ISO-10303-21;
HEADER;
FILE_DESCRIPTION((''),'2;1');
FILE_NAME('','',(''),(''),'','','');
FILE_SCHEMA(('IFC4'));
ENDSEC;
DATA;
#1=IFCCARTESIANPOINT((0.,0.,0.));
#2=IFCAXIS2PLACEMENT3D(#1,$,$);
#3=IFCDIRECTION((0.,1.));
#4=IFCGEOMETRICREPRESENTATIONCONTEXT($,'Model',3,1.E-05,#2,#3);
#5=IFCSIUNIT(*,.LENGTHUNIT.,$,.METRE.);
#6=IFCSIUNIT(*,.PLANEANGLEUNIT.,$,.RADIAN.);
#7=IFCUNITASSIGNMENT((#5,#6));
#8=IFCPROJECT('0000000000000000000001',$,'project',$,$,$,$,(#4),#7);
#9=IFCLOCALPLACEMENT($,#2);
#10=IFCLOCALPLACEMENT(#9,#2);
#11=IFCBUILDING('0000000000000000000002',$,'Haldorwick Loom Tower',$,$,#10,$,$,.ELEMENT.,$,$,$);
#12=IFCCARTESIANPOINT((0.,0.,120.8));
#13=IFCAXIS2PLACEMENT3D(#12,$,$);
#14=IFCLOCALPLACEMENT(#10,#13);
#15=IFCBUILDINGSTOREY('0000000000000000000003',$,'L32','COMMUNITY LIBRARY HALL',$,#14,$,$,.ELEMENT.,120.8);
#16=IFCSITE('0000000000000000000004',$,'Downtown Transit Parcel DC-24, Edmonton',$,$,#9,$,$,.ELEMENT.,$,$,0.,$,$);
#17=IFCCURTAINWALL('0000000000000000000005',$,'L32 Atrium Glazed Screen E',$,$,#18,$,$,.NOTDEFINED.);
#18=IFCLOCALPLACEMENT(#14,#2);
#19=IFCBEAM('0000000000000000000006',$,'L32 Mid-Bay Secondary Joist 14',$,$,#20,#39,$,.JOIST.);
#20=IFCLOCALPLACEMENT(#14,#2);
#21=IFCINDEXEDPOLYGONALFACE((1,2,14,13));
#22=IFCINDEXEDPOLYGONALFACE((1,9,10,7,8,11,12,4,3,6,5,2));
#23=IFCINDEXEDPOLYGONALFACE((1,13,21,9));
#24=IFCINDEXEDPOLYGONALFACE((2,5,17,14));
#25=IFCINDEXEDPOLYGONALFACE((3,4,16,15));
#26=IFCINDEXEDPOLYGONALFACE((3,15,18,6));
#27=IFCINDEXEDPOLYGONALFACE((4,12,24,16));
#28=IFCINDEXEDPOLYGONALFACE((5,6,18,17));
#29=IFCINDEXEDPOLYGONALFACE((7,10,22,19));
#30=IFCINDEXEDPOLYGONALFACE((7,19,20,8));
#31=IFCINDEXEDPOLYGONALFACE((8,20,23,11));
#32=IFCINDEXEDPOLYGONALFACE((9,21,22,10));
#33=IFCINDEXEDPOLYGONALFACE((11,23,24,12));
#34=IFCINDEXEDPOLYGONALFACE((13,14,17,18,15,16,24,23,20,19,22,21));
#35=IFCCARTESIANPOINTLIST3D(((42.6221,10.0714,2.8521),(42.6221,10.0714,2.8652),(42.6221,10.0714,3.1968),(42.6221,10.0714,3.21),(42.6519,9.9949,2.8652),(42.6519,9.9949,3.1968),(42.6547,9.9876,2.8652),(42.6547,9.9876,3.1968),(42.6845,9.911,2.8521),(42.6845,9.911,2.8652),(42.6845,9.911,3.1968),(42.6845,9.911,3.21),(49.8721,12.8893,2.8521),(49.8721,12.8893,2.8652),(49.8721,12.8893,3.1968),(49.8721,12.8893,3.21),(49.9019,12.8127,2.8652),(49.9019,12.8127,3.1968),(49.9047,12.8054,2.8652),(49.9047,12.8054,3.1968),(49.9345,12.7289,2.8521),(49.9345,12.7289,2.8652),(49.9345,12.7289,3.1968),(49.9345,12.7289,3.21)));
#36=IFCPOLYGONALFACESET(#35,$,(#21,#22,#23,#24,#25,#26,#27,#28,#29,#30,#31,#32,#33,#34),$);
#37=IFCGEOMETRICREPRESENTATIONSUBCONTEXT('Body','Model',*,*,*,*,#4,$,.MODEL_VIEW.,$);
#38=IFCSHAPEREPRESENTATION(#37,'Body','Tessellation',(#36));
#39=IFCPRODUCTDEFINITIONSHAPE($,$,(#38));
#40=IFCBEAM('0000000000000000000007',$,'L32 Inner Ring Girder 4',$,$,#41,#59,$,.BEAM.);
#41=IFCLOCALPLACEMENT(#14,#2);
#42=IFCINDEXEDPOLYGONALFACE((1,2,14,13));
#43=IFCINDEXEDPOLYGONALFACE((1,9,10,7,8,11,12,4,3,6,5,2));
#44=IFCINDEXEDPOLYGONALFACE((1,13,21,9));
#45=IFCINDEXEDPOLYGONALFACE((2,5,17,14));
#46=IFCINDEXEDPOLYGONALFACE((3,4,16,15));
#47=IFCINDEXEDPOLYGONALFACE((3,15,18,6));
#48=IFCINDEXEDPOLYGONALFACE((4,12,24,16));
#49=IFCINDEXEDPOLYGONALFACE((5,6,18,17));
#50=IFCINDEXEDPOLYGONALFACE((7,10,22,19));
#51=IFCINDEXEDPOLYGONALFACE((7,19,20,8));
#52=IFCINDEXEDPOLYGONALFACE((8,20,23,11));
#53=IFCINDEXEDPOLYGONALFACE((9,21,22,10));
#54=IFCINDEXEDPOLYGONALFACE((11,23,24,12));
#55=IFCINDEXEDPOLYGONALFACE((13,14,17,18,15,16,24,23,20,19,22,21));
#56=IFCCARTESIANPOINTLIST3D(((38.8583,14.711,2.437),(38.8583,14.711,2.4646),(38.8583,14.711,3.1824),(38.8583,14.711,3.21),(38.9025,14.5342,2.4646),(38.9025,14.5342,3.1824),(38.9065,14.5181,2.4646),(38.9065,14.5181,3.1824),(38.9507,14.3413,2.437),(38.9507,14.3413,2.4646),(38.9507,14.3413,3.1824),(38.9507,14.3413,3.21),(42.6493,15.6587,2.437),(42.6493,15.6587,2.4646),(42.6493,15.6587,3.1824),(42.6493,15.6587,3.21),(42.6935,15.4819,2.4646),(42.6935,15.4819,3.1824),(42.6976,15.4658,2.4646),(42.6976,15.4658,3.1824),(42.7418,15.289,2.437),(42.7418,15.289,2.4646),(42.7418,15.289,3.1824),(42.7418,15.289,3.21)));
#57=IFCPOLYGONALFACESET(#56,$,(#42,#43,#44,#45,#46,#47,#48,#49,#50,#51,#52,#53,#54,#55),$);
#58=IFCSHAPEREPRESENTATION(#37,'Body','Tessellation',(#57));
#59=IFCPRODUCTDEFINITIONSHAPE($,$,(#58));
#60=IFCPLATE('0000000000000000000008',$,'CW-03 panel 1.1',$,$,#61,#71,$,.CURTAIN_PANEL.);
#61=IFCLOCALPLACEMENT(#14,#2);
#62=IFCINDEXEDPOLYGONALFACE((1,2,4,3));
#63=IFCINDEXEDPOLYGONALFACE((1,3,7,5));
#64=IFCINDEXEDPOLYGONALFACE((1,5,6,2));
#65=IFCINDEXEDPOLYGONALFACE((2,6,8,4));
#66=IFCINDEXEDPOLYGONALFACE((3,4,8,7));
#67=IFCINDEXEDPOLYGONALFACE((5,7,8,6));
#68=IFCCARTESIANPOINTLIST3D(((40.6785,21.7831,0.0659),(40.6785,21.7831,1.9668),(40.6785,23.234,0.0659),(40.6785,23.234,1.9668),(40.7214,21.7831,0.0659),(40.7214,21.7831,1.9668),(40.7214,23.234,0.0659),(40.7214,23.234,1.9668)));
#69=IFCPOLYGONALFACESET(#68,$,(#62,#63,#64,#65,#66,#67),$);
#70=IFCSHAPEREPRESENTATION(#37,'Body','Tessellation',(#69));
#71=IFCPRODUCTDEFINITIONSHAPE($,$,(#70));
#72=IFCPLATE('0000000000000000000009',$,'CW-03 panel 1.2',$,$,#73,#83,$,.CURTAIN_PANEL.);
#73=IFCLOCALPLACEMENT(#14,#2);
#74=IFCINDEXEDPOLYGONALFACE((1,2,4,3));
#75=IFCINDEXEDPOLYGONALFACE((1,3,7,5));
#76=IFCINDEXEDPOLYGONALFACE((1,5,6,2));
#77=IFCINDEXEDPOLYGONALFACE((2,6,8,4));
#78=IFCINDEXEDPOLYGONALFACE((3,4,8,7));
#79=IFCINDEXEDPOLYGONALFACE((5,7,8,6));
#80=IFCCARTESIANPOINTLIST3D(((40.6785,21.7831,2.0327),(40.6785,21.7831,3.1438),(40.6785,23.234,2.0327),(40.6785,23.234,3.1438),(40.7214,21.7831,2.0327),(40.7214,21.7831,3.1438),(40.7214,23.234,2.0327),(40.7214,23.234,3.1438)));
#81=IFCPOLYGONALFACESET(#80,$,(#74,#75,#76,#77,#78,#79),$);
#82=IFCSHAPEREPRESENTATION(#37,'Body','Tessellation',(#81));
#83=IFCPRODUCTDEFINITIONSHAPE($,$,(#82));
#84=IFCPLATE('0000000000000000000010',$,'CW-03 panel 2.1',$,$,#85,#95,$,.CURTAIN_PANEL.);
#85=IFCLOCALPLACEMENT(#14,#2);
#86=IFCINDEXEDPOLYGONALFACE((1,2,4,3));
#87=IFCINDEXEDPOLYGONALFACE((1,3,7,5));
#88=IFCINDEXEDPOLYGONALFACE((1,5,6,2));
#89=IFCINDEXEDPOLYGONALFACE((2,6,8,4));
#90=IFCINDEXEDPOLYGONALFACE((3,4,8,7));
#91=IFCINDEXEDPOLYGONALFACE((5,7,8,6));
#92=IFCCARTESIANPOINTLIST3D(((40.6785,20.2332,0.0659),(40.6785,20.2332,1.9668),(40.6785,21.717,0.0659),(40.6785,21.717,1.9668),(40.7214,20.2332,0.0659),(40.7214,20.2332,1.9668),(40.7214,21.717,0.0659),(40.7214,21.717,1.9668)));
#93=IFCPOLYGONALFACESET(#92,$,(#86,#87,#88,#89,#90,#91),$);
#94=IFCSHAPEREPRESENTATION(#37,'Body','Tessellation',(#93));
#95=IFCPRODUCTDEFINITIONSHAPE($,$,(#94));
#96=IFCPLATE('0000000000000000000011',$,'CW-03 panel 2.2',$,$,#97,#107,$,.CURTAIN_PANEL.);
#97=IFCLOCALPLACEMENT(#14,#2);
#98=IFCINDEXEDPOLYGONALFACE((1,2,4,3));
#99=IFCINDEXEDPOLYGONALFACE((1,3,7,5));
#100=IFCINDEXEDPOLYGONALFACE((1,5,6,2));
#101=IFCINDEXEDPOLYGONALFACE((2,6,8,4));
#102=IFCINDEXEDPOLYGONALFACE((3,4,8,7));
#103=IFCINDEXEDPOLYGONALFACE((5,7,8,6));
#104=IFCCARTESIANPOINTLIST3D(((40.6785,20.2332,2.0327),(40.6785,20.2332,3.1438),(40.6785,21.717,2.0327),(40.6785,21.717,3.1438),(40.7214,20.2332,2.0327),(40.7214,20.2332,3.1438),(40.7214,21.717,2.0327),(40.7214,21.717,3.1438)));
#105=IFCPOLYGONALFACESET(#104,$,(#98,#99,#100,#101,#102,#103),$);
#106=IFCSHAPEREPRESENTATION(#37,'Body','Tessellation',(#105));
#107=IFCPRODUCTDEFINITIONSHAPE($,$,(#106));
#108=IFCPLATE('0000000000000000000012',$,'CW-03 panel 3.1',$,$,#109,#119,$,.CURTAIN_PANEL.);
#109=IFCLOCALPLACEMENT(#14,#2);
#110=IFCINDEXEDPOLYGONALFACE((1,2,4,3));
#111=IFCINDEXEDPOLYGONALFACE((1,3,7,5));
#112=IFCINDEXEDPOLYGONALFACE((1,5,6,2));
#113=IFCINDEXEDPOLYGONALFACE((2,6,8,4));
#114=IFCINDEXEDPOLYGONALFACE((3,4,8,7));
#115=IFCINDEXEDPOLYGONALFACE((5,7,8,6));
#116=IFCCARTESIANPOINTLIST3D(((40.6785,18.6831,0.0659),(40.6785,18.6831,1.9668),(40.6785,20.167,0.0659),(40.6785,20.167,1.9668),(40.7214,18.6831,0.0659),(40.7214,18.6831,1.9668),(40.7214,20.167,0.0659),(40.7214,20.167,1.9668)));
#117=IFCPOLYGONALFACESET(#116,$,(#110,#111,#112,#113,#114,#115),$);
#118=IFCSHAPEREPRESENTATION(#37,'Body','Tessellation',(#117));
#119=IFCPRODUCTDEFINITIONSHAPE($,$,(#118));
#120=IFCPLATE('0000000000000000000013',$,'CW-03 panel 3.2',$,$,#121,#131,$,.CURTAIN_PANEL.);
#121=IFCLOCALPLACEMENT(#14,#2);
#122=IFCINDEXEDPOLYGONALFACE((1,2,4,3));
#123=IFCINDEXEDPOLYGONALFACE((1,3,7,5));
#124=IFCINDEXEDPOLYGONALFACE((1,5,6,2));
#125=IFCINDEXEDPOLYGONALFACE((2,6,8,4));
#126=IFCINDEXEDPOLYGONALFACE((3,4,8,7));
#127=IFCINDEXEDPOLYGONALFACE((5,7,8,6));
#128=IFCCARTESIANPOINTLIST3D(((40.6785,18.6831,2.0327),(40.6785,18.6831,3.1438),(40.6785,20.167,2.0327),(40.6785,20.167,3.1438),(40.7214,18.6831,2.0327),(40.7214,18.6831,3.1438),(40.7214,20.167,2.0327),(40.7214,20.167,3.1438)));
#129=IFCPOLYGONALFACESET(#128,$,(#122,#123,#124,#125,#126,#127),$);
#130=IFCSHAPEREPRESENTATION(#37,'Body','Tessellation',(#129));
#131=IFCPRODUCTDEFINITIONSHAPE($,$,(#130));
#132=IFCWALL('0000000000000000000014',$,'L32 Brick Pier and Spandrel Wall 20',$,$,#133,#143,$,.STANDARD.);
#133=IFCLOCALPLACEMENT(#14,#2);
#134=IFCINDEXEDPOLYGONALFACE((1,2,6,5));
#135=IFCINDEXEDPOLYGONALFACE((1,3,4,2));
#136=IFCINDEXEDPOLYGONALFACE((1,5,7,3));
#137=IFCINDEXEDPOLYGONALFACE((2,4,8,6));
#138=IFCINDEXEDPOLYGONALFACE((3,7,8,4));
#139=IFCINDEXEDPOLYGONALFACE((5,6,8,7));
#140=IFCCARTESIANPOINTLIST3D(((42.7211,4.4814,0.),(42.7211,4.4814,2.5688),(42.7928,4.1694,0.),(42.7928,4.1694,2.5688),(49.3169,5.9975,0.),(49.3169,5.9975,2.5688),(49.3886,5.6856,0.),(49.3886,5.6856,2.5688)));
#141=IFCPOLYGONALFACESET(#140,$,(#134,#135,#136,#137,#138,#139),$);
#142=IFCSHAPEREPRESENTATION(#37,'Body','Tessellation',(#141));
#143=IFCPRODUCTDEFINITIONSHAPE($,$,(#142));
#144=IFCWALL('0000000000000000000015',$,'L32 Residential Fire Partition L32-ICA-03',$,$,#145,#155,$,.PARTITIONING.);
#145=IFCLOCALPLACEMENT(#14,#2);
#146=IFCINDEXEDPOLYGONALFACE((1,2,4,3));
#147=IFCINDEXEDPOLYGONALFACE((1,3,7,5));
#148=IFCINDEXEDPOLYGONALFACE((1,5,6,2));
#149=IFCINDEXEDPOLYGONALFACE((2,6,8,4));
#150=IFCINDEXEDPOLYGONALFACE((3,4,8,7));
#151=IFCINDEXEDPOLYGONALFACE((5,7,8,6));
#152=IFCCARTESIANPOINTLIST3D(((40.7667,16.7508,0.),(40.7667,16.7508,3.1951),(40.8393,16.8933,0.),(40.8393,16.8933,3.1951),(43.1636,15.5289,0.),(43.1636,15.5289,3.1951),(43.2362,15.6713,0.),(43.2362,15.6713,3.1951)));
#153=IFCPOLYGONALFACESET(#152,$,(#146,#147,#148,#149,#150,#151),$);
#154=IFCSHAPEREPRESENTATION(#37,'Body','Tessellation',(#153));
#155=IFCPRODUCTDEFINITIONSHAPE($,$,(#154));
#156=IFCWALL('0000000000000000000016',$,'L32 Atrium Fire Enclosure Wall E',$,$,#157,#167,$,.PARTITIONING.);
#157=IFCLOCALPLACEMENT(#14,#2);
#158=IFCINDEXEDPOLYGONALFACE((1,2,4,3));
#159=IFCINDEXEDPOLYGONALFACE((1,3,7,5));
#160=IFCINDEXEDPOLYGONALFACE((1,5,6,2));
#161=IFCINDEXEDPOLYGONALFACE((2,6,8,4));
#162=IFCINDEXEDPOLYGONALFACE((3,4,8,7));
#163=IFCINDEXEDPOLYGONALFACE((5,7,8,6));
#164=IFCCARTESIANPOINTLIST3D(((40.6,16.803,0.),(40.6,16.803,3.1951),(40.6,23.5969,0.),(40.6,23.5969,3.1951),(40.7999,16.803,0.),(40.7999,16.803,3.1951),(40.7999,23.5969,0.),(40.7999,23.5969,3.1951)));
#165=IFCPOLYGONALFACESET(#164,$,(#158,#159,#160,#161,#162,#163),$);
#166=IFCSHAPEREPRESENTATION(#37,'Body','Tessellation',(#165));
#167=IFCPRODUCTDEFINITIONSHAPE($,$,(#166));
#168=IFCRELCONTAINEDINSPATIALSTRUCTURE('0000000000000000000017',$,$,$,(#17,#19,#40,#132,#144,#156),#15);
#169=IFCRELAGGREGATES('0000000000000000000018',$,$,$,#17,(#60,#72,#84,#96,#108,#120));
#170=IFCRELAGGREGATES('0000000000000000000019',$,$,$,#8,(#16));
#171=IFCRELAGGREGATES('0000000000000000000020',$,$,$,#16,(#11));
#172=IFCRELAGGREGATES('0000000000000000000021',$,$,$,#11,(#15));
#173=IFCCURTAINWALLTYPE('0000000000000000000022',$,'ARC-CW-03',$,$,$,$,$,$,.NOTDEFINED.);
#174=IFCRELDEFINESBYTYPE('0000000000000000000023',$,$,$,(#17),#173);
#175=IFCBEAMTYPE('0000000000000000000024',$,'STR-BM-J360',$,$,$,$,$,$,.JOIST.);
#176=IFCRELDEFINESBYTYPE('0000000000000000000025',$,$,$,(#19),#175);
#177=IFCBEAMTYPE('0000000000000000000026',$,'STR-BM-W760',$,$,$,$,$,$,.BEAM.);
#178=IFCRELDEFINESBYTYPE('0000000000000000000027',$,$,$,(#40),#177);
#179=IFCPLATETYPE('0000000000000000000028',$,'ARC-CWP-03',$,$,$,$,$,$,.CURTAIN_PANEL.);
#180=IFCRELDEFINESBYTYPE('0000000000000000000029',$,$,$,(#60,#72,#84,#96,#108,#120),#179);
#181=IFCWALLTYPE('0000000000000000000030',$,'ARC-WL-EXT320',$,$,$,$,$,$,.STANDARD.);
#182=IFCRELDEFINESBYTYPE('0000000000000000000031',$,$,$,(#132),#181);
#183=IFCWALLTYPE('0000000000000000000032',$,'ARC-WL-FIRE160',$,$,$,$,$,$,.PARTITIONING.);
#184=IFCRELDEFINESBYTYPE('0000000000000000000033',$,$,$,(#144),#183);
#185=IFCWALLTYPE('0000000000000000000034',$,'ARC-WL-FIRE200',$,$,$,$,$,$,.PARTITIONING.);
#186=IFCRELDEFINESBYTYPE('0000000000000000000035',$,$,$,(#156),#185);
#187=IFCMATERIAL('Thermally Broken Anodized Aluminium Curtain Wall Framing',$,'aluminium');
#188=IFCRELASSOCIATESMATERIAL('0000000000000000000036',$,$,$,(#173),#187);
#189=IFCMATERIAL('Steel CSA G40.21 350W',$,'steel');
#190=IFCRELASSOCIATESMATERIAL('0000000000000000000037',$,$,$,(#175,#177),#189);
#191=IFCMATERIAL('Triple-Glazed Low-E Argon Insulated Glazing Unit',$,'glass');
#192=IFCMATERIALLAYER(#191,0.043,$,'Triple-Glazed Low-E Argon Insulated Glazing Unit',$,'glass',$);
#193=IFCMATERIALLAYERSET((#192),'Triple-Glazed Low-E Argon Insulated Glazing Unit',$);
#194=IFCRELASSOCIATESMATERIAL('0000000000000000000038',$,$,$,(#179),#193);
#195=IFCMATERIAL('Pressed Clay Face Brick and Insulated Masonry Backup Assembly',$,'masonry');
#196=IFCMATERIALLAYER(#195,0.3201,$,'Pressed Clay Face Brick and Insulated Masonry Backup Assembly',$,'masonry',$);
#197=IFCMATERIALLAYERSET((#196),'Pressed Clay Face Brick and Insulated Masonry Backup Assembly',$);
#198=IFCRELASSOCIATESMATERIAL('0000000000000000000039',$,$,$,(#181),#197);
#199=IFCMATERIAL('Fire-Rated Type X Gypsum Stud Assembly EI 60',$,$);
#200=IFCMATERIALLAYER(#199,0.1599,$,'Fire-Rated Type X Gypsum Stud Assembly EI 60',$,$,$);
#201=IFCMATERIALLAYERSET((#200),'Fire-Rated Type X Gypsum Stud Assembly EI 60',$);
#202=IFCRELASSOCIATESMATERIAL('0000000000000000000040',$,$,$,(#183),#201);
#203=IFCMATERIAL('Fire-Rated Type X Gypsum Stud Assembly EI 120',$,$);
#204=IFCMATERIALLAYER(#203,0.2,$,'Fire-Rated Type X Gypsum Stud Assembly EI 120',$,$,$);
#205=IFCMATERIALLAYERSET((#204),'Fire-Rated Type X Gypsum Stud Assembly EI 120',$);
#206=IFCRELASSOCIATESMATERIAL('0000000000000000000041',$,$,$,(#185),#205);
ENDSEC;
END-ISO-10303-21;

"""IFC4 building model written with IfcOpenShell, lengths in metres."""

from ifc_helpers import new_model, si_unit, direction, frame, frame_2d, origin, origin_2d, place, context, subcontext, project, spatial, rectangle, i_section, extrude, material, layer, layer_set, material_profile, profile_set, type_object, element, aggregate, save


model = new_model("IFC4")

# Units and contexts
model_context = context("Model", 3, precision=1e-05, world=origin(), true_north=direction((0.0, 1.0)))
body_context = subcontext(model_context, "Body", "Model", "MODEL_VIEW")
ifc_project = project(units=[si_unit("LENGTHUNIT", "METRE"), si_unit("PLANEANGLEUNIT", "RADIAN")], contexts=[model_context])

# Site, building, storey
site_placement = place(None, origin())
site = spatial("IfcSite", under=ifc_project, at=site_placement, Name="Downtown Transit Parcel DC-24, Edmonton", CompositionType="ELEMENT", RefElevation=0.0)
building_placement = place(site_placement, origin())
building = spatial("IfcBuilding", under=site, at=building_placement, Name="Haldorwick Loom Tower", CompositionType="ELEMENT")
storey_placement = place(building_placement, frame((0.0, 0.0, 120.8)))
storey = spatial("IfcBuildingStorey", under=building, at=storey_placement, Name="L32", Description="COMMUNITY LIBRARY HALL", CompositionType="ELEMENT", Elevation=120.8)

# Curtain wall
ifc_material_1 = material(Name="Thermally Broken Anodized Aluminium Curtain Wall Framing", Category="aluminium")
curtain_wall_type = type_object("IfcCurtainWallType", Name="ARC-CW-03", PredefinedType="NOTDEFINED", material=ifc_material_1)
curtain_wall_placement = place(storey_placement, origin())
curtain_wall = element("IfcCurtainWall", 1, at=curtain_wall_placement, inside=storey, type_object=curtain_wall_type, Name="L32 Atrium Glazed Screen E", PredefinedType="NOTDEFINED")

# Beams
ifc_material_2 = material(Name="Steel CSA G40.21 350W", Category="steel")
ifc_material_profile_1 = material_profile(ifc_material_2, i_section(OverallWidth=0.1721, OverallDepth=0.3579, WebThickness=0.0078, FlangeThickness=0.0132, at=origin_2d()), Name="W360X57", Category="steel")
ifc_profile_set_1 = profile_set([ifc_material_profile_1], Name="Steel CSA G40.21 350W")
beam_type_1 = type_object("IfcBeamType", Name="STR-BM-J360", PredefinedType="JOIST", material=ifc_profile_set_1)
beam_1_placement = place(storey_placement, frame((42.6533, 9.9912, 3.031), z_axis=(0.932073, 0.362271, 0.0), x_axis=(-0.362271, 0.932073, 0.0)))
element("IfcBeam", 2, at=beam_1_placement, inside=storey, type_object=beam_type_1, Name="L32 Mid-Bay Secondary Joist 14", PredefinedType="JOIST", context=body_context, shape_type="SweptSolid", body=[
    extrude(i_section(OverallWidth=0.1721, OverallDepth=0.3579, WebThickness=0.0078, FlangeThickness=0.0132, at=origin_2d()), origin(), (0.0, 0.0, 1.0), 7.7783),
])
ifc_material_profile_2 = material_profile(ifc_material_2, i_section(OverallWidth=0.3811, OverallDepth=0.7729, WebThickness=0.0166, FlangeThickness=0.0276, at=origin_2d()), Name="W760X257", Category="steel")
ifc_profile_set_2 = profile_set([ifc_material_profile_2], Name="Steel CSA G40.21 350W")
beam_type_2 = type_object("IfcBeamType", Name="STR-BM-W760", PredefinedType="BEAM", material=ifc_profile_set_2)
beam_2_placement = place(storey_placement, frame((42.6956, 15.4739, 2.8235), z_axis=(-0.970143, -0.242536, 0.0), x_axis=(0.242536, -0.970143, 0.0)))
element("IfcBeam", 3, at=beam_2_placement, inside=storey, type_object=beam_type_2, Name="L32 Inner Ring Girder 4", PredefinedType="BEAM", context=body_context, shape_type="SweptSolid", body=[
    extrude(i_section(OverallWidth=0.3811, OverallDepth=0.7729, WebThickness=0.0166, FlangeThickness=0.0276, at=origin_2d()), origin(), (0.0, 0.0, 1.0), 3.9077),
])

# Plates
ifc_material_3 = material(Name="Triple-Glazed Low-E Argon Insulated Glazing Unit", Category="glass")
ifc_layer_1 = layer(ifc_material_3, 0.043, Name="Triple-Glazed Low-E Argon Insulated Glazing Unit", Category="glass")
ifc_layer_set_1 = layer_set([ifc_layer_1], Name="Triple-Glazed Low-E Argon Insulated Glazing Unit")
plate_type = type_object("IfcPlateType", Name="ARC-CWP-03", PredefinedType="CURTAIN_PANEL", material=ifc_layer_set_1)
plate_1_placement = place(storey_placement, frame((40.7, 22.5085, 0.0659), z_axis=(0.0, 0.0, 1.0), x_axis=(0.0, -1.0, 0.0)))
plate_1 = element("IfcPlate", 4, at=plate_1_placement, type_object=plate_type, Name="CW-03 panel 1.1", PredefinedType="CURTAIN_PANEL", context=body_context, shape_type="SweptSolid", body=[
    extrude(rectangle(XDim=1.4509, YDim=0.043, at=origin_2d()), origin(), (0.0, 0.0, 1.0), 1.9009),
])
plate_2_placement = place(storey_placement, frame((40.7, 22.5085, 2.0327), z_axis=(0.0, 0.0, 1.0), x_axis=(0.0, -1.0, 0.0)))
plate_2 = element("IfcPlate", 5, at=plate_2_placement, type_object=plate_type, Name="CW-03 panel 1.2", PredefinedType="CURTAIN_PANEL", context=body_context, shape_type="SweptSolid", body=[
    extrude(rectangle(XDim=1.4509, YDim=0.043, at=origin_2d()), origin(), (0.0, 0.0, 1.0), 1.1111),
])
plate_3_placement = place(storey_placement, frame((40.7, 20.9751, 0.0659), z_axis=(0.0, 0.0, 1.0), x_axis=(0.0, -1.0, 0.0)))
plate_3 = element("IfcPlate", 6, at=plate_3_placement, type_object=plate_type, Name="CW-03 panel 2.1", PredefinedType="CURTAIN_PANEL", context=body_context, shape_type="SweptSolid", body=[
    extrude(rectangle(XDim=1.4839, YDim=0.043, at=origin_2d()), origin(), (0.0, 0.0, 1.0), 1.9009),
])
plate_4_placement = place(storey_placement, frame((40.7, 20.9751, 2.0327), z_axis=(0.0, 0.0, 1.0), x_axis=(0.0, -1.0, 0.0)))
plate_4 = element("IfcPlate", 7, at=plate_4_placement, type_object=plate_type, Name="CW-03 panel 2.2", PredefinedType="CURTAIN_PANEL", context=body_context, shape_type="SweptSolid", body=[
    extrude(rectangle(XDim=1.4839, YDim=0.043, at=origin_2d()), origin(), (0.0, 0.0, 1.0), 1.1111),
])
plate_5_placement = place(storey_placement, frame((40.7, 19.425, 0.0659), z_axis=(0.0, 0.0, 1.0), x_axis=(0.0, -1.0, 0.0)))
plate_5 = element("IfcPlate", 8, at=plate_5_placement, type_object=plate_type, Name="CW-03 panel 3.1", PredefinedType="CURTAIN_PANEL", context=body_context, shape_type="SweptSolid", body=[
    extrude(rectangle(XDim=1.4839, YDim=0.043, at=origin_2d()), origin(), (0.0, 0.0, 1.0), 1.9009),
])
plate_6_placement = place(storey_placement, frame((40.7, 19.425, 2.0327), z_axis=(0.0, 0.0, 1.0), x_axis=(0.0, -1.0, 0.0)))
plate_6 = element("IfcPlate", 9, at=plate_6_placement, type_object=plate_type, Name="CW-03 panel 3.2", PredefinedType="CURTAIN_PANEL", context=body_context, shape_type="SweptSolid", body=[
    extrude(rectangle(XDim=1.4839, YDim=0.043, at=origin_2d()), origin(), (0.0, 0.0, 1.0), 1.1111),
])
aggregate(curtain_wall, [plate_1, plate_2, plate_3, plate_4, plate_5, plate_6])

# Walls
ifc_material_4 = material(Name="Pressed Clay Face Brick and Insulated Masonry Backup Assembly", Category="masonry")
ifc_layer_2 = layer(ifc_material_4, 0.3201, Name="Pressed Clay Face Brick and Insulated Masonry Backup Assembly", Category="masonry")
ifc_layer_set_2 = layer_set([ifc_layer_2], Name="Pressed Clay Face Brick and Insulated Masonry Backup Assembly")
wall_type_1 = type_object("IfcWallType", Name="ARC-WL-EXT320", PredefinedType="STANDARD", material=ifc_layer_set_2)
wall_1_placement = place(storey_placement, frame((42.7571, 4.3254, 0.0), z_axis=(0.0, 0.0, 1.0), x_axis=(0.974584, 0.224022, 0.0)))
element("IfcWall", 10, at=wall_1_placement, inside=storey, type_object=wall_type_1, Name="L32 Brick Pier and Spandrel Wall 20", PredefinedType="STANDARD", context=body_context, shape_type="SweptSolid", body=[
    extrude(rectangle(XDim=6.7678, YDim=0.3201, at=frame_2d((3.3838, 0.0))), origin(), (0.0, 0.0, 1.0), 2.5688),
])
ifc_material_5 = material(Name="Fire-Rated Type X Gypsum Stud Assembly EI 60")
ifc_layer_3 = layer(ifc_material_5, 0.1599, Name="Fire-Rated Type X Gypsum Stud Assembly EI 60")
ifc_layer_set_3 = layer_set([ifc_layer_3], Name="Fire-Rated Type X Gypsum Stud Assembly EI 60")
wall_type_2 = type_object("IfcWallType", Name="ARC-WL-FIRE160", PredefinedType="PARTITIONING", material=ifc_layer_set_3)
wall_2_placement = place(storey_placement, frame((40.803, 16.822, 0.0), z_axis=(0.0, 0.0, 1.0), x_axis=(0.890916, -0.454169, 0.0)))
element("IfcWall", 11, at=wall_2_placement, inside=storey, type_object=wall_type_2, Name="L32 Residential Fire Partition L32-ICA-03", PredefinedType="PARTITIONING", context=body_context, shape_type="SweptSolid", body=[
    extrude(rectangle(XDim=2.6904, YDim=0.1599, at=frame_2d((1.3452, 0.0))), origin(), (0.0, 0.0, 1.0), 3.1951),
])
ifc_material_6 = material(Name="Fire-Rated Type X Gypsum Stud Assembly EI 120")
ifc_layer_4 = layer(ifc_material_6, 0.2, Name="Fire-Rated Type X Gypsum Stud Assembly EI 120")
ifc_layer_set_4 = layer_set([ifc_layer_4], Name="Fire-Rated Type X Gypsum Stud Assembly EI 120")
wall_type_3 = type_object("IfcWallType", Name="ARC-WL-FIRE200", PredefinedType="PARTITIONING", material=ifc_layer_set_4)
wall_3_placement = place(storey_placement, frame((40.7, 23.5969, 0.0), z_axis=(0.0, 0.0, 1.0), x_axis=(0.0, -1.0, 0.0)))
element("IfcWall", 12, at=wall_3_placement, inside=storey, type_object=wall_type_3, Name="L32 Atrium Fire Enclosure Wall E", PredefinedType="PARTITIONING", context=body_context, shape_type="SweptSolid", body=[
    extrude(rectangle(XDim=6.7939, YDim=0.2, at=frame_2d((3.397, 0.0))), origin(), (0.0, 0.0, 1.0), 3.1951),
])

save(model, "model.ifc")
